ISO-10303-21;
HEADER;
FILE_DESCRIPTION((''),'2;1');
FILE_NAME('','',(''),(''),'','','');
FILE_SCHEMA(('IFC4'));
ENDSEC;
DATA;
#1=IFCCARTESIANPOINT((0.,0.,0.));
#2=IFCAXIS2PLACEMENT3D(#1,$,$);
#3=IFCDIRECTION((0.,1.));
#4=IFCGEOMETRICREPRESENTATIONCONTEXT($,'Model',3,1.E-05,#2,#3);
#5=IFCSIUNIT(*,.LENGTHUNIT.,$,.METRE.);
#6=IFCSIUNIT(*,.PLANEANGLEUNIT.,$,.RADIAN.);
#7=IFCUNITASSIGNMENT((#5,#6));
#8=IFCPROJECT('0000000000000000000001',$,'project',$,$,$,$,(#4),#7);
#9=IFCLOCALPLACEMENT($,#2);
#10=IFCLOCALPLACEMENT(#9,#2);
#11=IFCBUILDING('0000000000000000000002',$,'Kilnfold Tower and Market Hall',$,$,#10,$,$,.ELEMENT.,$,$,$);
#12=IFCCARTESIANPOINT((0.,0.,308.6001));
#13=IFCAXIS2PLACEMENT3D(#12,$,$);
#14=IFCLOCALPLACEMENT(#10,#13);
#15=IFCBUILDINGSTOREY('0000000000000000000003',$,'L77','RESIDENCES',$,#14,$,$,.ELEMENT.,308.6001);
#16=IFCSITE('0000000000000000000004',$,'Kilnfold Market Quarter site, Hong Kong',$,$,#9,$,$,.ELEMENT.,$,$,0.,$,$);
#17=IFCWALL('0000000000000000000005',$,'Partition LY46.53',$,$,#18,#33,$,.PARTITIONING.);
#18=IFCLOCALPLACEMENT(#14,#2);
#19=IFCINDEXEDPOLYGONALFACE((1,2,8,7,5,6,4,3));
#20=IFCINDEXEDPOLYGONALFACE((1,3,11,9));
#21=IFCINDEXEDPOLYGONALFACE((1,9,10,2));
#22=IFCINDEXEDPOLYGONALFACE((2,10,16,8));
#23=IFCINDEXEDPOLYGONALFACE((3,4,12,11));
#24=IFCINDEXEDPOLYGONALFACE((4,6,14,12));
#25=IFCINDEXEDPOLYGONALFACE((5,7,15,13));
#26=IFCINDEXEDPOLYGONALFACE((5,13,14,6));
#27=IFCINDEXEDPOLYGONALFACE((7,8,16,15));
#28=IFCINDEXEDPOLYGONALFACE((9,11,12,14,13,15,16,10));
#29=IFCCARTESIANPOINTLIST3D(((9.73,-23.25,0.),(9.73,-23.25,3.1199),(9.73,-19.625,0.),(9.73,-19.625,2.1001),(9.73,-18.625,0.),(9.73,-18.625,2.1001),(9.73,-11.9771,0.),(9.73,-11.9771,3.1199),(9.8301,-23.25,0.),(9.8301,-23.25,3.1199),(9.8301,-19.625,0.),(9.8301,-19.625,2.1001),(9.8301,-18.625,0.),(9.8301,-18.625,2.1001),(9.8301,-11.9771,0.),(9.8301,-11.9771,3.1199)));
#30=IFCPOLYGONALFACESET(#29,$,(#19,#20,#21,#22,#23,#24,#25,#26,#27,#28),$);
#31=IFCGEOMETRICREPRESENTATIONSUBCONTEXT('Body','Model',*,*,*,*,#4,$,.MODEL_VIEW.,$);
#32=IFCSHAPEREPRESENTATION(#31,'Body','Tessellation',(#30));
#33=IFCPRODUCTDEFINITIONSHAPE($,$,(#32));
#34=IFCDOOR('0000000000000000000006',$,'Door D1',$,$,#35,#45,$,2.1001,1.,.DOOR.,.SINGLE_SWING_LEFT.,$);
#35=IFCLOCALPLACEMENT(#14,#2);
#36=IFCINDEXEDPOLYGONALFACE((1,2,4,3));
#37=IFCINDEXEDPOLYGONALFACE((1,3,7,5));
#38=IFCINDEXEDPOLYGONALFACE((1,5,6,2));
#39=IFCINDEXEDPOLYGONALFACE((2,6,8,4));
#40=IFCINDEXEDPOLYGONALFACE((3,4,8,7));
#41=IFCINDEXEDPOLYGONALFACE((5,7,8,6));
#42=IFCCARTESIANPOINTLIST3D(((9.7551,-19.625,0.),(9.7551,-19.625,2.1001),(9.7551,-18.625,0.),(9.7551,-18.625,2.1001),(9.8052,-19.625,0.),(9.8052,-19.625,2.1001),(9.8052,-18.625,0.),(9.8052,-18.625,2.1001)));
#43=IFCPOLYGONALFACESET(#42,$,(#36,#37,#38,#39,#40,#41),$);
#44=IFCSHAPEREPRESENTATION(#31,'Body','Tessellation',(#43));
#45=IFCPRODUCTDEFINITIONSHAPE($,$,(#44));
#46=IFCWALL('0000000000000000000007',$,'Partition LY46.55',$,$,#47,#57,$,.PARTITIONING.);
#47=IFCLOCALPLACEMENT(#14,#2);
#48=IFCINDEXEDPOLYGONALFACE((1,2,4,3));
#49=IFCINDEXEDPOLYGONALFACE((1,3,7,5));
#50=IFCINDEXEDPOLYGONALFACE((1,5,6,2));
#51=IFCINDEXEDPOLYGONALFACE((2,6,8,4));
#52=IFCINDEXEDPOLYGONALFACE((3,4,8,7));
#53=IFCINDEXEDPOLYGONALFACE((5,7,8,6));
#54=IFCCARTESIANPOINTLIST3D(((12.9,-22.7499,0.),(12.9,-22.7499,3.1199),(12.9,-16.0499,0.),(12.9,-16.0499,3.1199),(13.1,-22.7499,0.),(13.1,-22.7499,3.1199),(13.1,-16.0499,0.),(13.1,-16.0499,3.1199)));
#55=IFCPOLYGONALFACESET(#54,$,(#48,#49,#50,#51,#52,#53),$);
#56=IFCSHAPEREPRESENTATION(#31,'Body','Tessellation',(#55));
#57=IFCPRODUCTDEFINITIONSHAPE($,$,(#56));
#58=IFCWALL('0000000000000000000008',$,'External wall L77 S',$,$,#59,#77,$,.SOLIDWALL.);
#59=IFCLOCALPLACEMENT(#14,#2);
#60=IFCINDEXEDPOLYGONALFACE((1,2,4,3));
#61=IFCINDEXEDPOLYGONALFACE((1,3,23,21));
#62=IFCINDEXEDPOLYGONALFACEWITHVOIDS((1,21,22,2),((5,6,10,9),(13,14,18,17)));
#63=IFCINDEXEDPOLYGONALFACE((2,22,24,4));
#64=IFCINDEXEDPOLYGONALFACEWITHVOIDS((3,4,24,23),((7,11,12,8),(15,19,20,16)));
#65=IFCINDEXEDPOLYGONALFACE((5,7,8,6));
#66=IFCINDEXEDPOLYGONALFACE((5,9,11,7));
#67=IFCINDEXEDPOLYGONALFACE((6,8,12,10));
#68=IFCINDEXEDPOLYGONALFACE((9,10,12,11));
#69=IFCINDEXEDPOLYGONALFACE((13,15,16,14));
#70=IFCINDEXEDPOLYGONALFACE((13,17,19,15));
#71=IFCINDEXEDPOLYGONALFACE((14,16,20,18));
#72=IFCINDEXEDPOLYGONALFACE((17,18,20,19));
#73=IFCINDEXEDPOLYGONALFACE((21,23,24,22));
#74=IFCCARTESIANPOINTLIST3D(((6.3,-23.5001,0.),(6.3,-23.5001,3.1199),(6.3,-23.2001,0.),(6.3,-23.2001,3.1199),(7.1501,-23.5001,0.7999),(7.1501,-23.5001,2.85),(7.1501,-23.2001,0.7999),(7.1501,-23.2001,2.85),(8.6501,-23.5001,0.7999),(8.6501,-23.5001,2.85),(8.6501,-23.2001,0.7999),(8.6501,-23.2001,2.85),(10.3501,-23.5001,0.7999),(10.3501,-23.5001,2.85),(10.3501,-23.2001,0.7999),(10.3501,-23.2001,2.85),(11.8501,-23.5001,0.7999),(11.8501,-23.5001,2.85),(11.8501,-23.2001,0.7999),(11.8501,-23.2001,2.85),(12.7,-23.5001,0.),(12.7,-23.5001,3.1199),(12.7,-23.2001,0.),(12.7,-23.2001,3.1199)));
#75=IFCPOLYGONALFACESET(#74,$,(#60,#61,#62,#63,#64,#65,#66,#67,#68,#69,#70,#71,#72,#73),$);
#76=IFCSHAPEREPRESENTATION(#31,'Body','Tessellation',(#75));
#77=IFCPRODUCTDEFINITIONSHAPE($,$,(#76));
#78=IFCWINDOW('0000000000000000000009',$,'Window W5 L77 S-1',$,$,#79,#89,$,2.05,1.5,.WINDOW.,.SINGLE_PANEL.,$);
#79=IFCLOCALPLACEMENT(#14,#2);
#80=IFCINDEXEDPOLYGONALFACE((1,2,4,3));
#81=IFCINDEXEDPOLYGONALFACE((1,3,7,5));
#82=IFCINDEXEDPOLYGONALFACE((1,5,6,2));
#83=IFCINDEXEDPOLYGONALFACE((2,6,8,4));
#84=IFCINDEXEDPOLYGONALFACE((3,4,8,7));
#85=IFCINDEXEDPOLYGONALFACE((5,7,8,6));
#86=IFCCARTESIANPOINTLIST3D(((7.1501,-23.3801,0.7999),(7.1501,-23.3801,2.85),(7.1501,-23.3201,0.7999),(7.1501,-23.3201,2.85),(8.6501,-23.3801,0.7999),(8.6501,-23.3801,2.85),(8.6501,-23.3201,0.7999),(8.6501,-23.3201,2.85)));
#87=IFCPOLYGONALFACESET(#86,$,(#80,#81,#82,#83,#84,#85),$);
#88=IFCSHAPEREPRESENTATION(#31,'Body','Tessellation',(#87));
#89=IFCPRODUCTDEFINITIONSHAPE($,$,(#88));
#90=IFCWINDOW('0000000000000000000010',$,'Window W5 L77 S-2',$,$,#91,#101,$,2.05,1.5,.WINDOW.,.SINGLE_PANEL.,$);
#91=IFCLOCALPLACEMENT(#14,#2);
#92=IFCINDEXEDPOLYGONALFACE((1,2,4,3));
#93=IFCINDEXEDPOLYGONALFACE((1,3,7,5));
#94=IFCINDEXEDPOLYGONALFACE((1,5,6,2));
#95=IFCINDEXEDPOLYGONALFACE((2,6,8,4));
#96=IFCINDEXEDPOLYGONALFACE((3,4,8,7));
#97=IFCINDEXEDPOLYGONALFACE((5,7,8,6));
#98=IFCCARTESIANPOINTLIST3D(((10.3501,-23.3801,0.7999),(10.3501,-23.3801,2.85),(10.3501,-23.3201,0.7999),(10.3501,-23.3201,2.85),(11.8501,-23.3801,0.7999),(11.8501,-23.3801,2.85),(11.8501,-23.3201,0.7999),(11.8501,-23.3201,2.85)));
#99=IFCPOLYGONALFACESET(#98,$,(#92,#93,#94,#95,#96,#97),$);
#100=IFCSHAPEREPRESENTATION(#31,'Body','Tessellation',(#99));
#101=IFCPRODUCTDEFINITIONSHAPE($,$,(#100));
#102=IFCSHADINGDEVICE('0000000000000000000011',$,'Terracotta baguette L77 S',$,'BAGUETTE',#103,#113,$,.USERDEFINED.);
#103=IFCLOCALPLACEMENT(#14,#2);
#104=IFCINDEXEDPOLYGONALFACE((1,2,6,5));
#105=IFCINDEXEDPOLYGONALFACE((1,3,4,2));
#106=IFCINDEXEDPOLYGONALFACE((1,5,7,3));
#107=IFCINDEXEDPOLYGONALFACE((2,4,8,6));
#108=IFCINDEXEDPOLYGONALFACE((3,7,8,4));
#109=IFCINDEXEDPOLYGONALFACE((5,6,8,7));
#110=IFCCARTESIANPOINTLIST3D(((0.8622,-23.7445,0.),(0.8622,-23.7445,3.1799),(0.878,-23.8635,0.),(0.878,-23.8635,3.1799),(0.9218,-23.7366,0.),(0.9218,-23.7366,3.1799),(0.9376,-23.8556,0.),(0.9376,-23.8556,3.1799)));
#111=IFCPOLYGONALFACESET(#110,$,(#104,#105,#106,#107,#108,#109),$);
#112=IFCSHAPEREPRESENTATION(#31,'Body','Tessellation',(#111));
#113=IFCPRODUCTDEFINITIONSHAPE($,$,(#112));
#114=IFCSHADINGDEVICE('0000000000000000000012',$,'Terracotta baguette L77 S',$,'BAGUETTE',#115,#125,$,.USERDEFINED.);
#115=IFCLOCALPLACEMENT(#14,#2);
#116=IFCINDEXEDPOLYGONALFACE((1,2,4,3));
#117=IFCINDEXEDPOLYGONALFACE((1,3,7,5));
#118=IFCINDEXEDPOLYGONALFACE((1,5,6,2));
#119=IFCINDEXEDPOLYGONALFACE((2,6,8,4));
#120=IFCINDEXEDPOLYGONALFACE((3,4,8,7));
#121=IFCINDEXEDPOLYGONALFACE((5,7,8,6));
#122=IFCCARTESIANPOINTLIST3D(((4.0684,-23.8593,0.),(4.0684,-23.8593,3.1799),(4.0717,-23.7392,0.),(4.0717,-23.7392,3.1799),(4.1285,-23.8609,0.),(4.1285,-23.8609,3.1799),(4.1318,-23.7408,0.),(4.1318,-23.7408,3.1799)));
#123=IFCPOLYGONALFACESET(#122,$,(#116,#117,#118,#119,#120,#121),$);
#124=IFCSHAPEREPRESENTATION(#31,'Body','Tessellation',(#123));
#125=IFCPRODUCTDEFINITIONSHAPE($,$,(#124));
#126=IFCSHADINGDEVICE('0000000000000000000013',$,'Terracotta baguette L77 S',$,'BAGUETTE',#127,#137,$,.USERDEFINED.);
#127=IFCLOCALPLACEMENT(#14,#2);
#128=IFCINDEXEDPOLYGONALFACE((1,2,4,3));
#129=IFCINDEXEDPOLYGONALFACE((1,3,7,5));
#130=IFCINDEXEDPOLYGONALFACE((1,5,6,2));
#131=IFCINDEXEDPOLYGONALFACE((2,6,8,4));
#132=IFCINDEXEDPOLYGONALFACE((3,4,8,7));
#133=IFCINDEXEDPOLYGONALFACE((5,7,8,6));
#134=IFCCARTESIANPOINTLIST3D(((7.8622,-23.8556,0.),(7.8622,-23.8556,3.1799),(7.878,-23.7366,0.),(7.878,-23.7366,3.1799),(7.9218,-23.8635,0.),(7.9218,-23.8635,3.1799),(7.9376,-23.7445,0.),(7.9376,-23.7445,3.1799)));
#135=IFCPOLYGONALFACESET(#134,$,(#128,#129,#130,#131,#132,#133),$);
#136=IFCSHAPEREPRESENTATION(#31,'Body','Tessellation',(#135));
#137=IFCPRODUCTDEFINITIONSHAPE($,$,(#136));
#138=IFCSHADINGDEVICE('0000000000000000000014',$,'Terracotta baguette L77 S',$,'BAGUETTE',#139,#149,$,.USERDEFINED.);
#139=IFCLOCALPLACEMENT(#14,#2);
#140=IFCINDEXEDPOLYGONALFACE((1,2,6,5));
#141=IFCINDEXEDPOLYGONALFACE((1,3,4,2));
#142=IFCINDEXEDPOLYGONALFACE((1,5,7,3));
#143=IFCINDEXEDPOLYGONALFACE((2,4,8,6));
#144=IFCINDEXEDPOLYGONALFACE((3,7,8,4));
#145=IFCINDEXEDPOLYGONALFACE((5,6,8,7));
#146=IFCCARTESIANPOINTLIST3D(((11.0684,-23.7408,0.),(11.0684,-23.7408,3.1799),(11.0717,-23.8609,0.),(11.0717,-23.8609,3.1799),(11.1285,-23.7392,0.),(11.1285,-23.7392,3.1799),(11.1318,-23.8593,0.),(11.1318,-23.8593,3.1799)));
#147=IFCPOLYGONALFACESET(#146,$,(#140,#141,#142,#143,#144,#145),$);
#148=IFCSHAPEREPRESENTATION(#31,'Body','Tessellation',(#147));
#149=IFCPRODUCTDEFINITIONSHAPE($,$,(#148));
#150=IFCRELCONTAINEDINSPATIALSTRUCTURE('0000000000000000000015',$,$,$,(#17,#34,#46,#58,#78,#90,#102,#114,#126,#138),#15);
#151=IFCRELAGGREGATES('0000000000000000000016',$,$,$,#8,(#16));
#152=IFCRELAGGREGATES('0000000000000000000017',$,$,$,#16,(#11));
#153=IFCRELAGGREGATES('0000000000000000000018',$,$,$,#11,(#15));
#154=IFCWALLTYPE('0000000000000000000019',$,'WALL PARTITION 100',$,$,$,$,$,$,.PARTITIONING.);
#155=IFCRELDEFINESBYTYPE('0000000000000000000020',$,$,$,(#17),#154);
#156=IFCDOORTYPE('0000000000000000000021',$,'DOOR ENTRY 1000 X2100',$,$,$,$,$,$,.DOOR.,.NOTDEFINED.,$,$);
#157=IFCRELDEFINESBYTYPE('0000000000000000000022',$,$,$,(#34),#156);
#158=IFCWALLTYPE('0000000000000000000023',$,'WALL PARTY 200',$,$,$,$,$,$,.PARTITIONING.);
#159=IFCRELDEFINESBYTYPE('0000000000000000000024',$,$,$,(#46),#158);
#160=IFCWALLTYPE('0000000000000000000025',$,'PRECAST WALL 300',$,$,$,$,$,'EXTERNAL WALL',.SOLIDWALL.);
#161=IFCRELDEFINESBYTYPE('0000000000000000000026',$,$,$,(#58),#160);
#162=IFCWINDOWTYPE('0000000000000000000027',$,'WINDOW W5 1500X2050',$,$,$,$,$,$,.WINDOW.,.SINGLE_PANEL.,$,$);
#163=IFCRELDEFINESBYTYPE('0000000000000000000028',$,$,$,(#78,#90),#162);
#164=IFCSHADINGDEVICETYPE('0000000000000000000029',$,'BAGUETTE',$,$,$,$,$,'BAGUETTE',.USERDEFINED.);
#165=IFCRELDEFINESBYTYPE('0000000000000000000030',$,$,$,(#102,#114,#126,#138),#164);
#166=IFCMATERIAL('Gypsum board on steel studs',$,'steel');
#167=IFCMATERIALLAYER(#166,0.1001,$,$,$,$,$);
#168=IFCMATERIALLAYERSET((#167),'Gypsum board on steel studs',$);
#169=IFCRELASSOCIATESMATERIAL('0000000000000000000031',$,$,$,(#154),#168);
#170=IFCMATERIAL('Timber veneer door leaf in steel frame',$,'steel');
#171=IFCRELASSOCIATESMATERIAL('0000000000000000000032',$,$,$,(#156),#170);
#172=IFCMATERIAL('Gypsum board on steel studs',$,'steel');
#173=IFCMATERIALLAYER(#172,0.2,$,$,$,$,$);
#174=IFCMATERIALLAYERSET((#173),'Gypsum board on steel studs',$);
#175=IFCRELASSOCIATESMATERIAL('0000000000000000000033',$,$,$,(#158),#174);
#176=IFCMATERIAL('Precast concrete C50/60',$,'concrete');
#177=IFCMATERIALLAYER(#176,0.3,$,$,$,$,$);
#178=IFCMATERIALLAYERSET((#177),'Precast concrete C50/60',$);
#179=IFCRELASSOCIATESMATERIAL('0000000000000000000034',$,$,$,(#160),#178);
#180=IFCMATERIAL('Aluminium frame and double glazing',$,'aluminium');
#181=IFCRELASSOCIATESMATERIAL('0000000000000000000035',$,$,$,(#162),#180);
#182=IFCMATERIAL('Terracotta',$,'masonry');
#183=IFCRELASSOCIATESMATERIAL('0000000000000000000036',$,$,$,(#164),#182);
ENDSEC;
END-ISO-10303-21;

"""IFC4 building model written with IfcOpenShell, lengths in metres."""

from ifc_helpers import new_model, si_unit, direction, frame, frame_2d, origin, origin_2d, place, context, subcontext, project, spatial, rectangle, extrude, source, transform, mapped, material, layer, layer_set, material_profile, profile_set, type_object, element, fill, save


model = new_model("IFC4")

# Units and contexts
model_context = context("Model", 3, precision=1e-05, world=origin(), true_north=direction((0.0, 1.0)))
body_context = subcontext(model_context, "Body", "Model", "MODEL_VIEW")
ifc_project = project(units=[si_unit("LENGTHUNIT", "METRE"), si_unit("PLANEANGLEUNIT", "RADIAN")], contexts=[model_context])

# Site, building, storey
site_placement = place(None, origin())
site = spatial("IfcSite", under=ifc_project, at=site_placement, Name="Kilnfold Market Quarter site, Hong Kong", CompositionType="ELEMENT", RefElevation=0.0)
building_placement = place(site_placement, origin())
building = spatial("IfcBuilding", under=site, at=building_placement, Name="Kilnfold Tower and Market Hall", CompositionType="ELEMENT")
storey_placement = place(building_placement, frame((0.0, 0.0, 308.6001)))
storey = spatial("IfcBuildingStorey", under=building, at=storey_placement, Name="L77", Description="RESIDENCES", CompositionType="ELEMENT", Elevation=308.6001)

# Shared definitions
ifc_material_1 = material(Name="Gypsum board on steel studs", Category="steel")
ifc_layer_1 = layer(ifc_material_1, 0.1001)
ifc_layer_set_1 = layer_set([ifc_layer_1], Name="Gypsum board on steel studs")
wall_type_1 = type_object("IfcWallType", Name="WALL PARTITION 100", PredefinedType="PARTITIONING", material=ifc_layer_set_1)

# Wall, opening, door
wall_1_placement = place(storey_placement, frame((9.78, -23.25, 0.0), z_axis=(0.0, 0.0, 1.0), x_axis=(0.0, 1.0, 0.0)))
wall_1 = element("IfcWall", 1, at=wall_1_placement, inside=storey, type_object=wall_type_1, Name="Partition LY46.53", PredefinedType="PARTITIONING", context=body_context, shape_type="SweptSolid", body=[
    extrude(rectangle(XDim=11.2729, YDim=0.1001, at=frame_2d((5.6365, 0.0))), origin(), (0.0, 0.0, 1.0), 3.1199),
])
opening_1_placement = place(wall_1_placement, frame((3.625, 0.0, 0.0)))
opening_1 = element("IfcOpeningElement", 2, at=opening_1_placement, cuts=wall_1, PredefinedType="OPENING", context=body_context, shape_type="SweptSolid", body=[
    extrude(rectangle(XDim=1.0, YDim=2.1001, at=frame_2d((0.5, 1.05))), frame((0.0, 0.0601, 0.0), z_axis=(0.0, -1.0, 0.0), x_axis=(1.0, 0.0, 0.0)), (0.0, 0.0, 1.0), 0.1201),
])
ifc_material_2 = material(Name="Timber veneer door leaf in steel frame", Category="steel")
door_type_1 = type_object("IfcDoorType", Name="DOOR ENTRY 1000 X2100", OperationType="NOTDEFINED", PredefinedType="DOOR", material=ifc_material_2)
door_1_placement = place(opening_1_placement, origin())
door_1 = element("IfcDoor", 3, at=door_1_placement, inside=storey, type_object=door_type_1, Name="Door D1", OperationType="SINGLE_SWING_LEFT", OverallHeight=2.1001, OverallWidth=1.0, PredefinedType="DOOR", context=body_context, shape_type="SweptSolid", body=[
    extrude(rectangle(XDim=1.0, YDim=2.1001, at=frame_2d((0.5, 1.05))), frame((0.0, 0.0249, 0.0), z_axis=(0.0, -1.0, 0.0), x_axis=(1.0, 0.0, 0.0)), (0.0, 0.0, 1.0), 0.05),
])
fill(opening_1, door_1)

# Wall
ifc_material_3 = material(Name="Gypsum board on steel studs", Category="steel")
ifc_layer_2 = layer(ifc_material_3, 0.2)
ifc_layer_set_2 = layer_set([ifc_layer_2], Name="Gypsum board on steel studs")
wall_type_2 = type_object("IfcWallType", Name="WALL PARTY 200", PredefinedType="PARTITIONING", material=ifc_layer_set_2)
wall_2_placement = place(storey_placement, frame((13.0, -22.75, 0.0), z_axis=(0.0, 0.0, 1.0), x_axis=(0.0, 1.0, 0.0)))
element("IfcWall", 4, at=wall_2_placement, inside=storey, type_object=wall_type_2, Name="Partition LY46.55", PredefinedType="PARTITIONING", context=body_context, shape_type="SweptSolid", body=[
    extrude(rectangle(XDim=6.7, YDim=0.2, at=frame_2d((3.3501, 0.0))), origin(), (0.0, 0.0, 1.0), 3.1199),
])

# Wall, openings, windows
ifc_material_4 = material(Name="Precast concrete C50/60", Category="concrete")
ifc_layer_3 = layer(ifc_material_4, 0.3)
ifc_layer_set_3 = layer_set([ifc_layer_3], Name="Precast concrete C50/60")
wall_type_3 = type_object("IfcWallType", Name="PRECAST WALL 300", ElementType="EXTERNAL WALL", PredefinedType="SOLIDWALL", material=ifc_layer_set_3)
shared_shape_1 = source(origin(), body_context, "Body", "SweptSolid", [
    extrude(rectangle(XDim=6.3999, YDim=0.3, at=frame_2d((3.2, 0.0))), origin(), (0.0, 0.0, 1.0), 3.1199),
])
wall_3_placement = place(storey_placement, frame((6.3, -23.3501, 0.0), z_axis=(0.0, 0.0, 1.0), x_axis=(1.0, 0.0, 0.0)))
wall_3 = element("IfcWall", 5, at=wall_3_placement, inside=storey, type_object=wall_type_3, Name="External wall L77 S", PredefinedType="SOLIDWALL", context=body_context, shape_type="MappedRepresentation", body=[
    mapped(shared_shape_1, transform((0.0, 0.0, 0.0))),
])
opening_2_placement = place(wall_3_placement, frame((0.8501, 0.0, 0.8)))
opening_2 = element("IfcOpeningElement", 6, at=opening_2_placement, cuts=wall_3, PredefinedType="OPENING", context=body_context, shape_type="SweptSolid", body=[
    extrude(rectangle(XDim=1.5, YDim=2.05, at=frame_2d((0.75, 1.0249))), frame((0.0, 0.1602, 0.0), z_axis=(0.0, -1.0, 0.0), x_axis=(1.0, 0.0, 0.0)), (0.0, 0.0, 1.0), 0.3201),
])
opening_3_placement = place(wall_3_placement, frame((4.05, 0.0, 0.8)))
opening_3 = element("IfcOpeningElement", 7, at=opening_3_placement, cuts=wall_3, PredefinedType="OPENING", context=body_context, shape_type="SweptSolid", body=[
    extrude(rectangle(XDim=1.5, YDim=2.05, at=frame_2d((0.75, 1.0249))), frame((0.0, 0.1602, 0.0), z_axis=(0.0, -1.0, 0.0), x_axis=(1.0, 0.0, 0.0)), (0.0, 0.0, 1.0), 0.3201),
])
ifc_material_5 = material(Name="Aluminium frame and double glazing", Category="aluminium")
window_type = type_object("IfcWindowType", Name="WINDOW W5 1500X2050", PartitioningType="SINGLE_PANEL", PredefinedType="WINDOW", material=ifc_material_5)
window_1_placement = place(opening_2_placement, origin())
window_1 = element("IfcWindow", 8, at=window_1_placement, inside=storey, type_object=window_type, Name="Window W5 L77 S-1", OverallHeight=2.05, OverallWidth=1.5, PartitioningType="SINGLE_PANEL", PredefinedType="WINDOW", context=body_context, shape_type="SweptSolid", body=[
    extrude(rectangle(XDim=1.5, YDim=2.05, at=frame_2d((0.75, 1.0249))), frame((0.0, 0.03, 0.0), z_axis=(0.0, -1.0, 0.0), x_axis=(1.0, 0.0, 0.0)), (0.0, 0.0, 1.0), 0.0601),
])
fill(opening_2, window_1)
window_2_placement = place(opening_3_placement, origin())
window_2 = element("IfcWindow", 9, at=window_2_placement, inside=storey, type_object=window_type, Name="Window W5 L77 S-2", OverallHeight=2.05, OverallWidth=1.5, PartitioningType="SINGLE_PANEL", PredefinedType="WINDOW", context=body_context, shape_type="SweptSolid", body=[
    extrude(rectangle(XDim=1.5, YDim=2.05, at=frame_2d((0.75, 1.0249))), frame((0.0, 0.03, 0.0), z_axis=(0.0, -1.0, 0.0), x_axis=(1.0, 0.0, 0.0)), (0.0, 0.0, 1.0), 0.0601),
])
fill(opening_3, window_2)

# Shading devices
ifc_material_6 = material(Name="Terracotta", Category="masonry")
ifc_material_profile_1 = material_profile(ifc_material_6, rectangle(XDim=0.0601, YDim=0.1201, at=origin_2d()), Name="BAG 60x120")
ifc_profile_set_1 = profile_set([ifc_material_profile_1], Name="Terracotta")
shading_device_type = type_object("IfcShadingDeviceType", Name="BAGUETTE", ElementType="BAGUETTE", PredefinedType="USERDEFINED", material=ifc_profile_set_1)
shared_shape_2 = source(origin(), body_context, "Body", "SweptSolid", [
    extrude(rectangle(XDim=0.0601, YDim=0.1201, at=origin_2d()), origin(), (0.0, 0.0, 1.0), 3.1799),
])
for number, where, z_axis, x_axis, name in (
    (10, (0.8999, -23.8, 0.0), (0.0, 0.0, 1.0), (0.991296, 0.131654, 0.0), "Terracotta baguette L77 S"),
    (11, (4.1001, -23.8, 0.0), (0.0, 0.0, 1.0), (0.999628, -0.027267, 0.0), "Terracotta baguette L77 S"),
    (12, (7.8999, -23.8, 0.0), (0.0, 0.0, 1.0), (0.991296, -0.131654, 0.0), "Terracotta baguette L77 S"),
    (13, (11.1001, -23.8, 0.0), (0.0, 0.0, 1.0), (0.999628, 0.027267, 0.0), "Terracotta baguette L77 S"),
):
    element("IfcShadingDevice", number, at=place(storey_placement, frame(where, z_axis=z_axis, x_axis=x_axis)), inside=storey, type_object=shading_device_type, Name=name, ObjectType="BAGUETTE", PredefinedType="USERDEFINED", context=body_context, shape_type="MappedRepresentation", body=[
        mapped(shared_shape_2, transform((0.0, 0.0, 0.0))),
    ])

save(model, "model.ifc")
